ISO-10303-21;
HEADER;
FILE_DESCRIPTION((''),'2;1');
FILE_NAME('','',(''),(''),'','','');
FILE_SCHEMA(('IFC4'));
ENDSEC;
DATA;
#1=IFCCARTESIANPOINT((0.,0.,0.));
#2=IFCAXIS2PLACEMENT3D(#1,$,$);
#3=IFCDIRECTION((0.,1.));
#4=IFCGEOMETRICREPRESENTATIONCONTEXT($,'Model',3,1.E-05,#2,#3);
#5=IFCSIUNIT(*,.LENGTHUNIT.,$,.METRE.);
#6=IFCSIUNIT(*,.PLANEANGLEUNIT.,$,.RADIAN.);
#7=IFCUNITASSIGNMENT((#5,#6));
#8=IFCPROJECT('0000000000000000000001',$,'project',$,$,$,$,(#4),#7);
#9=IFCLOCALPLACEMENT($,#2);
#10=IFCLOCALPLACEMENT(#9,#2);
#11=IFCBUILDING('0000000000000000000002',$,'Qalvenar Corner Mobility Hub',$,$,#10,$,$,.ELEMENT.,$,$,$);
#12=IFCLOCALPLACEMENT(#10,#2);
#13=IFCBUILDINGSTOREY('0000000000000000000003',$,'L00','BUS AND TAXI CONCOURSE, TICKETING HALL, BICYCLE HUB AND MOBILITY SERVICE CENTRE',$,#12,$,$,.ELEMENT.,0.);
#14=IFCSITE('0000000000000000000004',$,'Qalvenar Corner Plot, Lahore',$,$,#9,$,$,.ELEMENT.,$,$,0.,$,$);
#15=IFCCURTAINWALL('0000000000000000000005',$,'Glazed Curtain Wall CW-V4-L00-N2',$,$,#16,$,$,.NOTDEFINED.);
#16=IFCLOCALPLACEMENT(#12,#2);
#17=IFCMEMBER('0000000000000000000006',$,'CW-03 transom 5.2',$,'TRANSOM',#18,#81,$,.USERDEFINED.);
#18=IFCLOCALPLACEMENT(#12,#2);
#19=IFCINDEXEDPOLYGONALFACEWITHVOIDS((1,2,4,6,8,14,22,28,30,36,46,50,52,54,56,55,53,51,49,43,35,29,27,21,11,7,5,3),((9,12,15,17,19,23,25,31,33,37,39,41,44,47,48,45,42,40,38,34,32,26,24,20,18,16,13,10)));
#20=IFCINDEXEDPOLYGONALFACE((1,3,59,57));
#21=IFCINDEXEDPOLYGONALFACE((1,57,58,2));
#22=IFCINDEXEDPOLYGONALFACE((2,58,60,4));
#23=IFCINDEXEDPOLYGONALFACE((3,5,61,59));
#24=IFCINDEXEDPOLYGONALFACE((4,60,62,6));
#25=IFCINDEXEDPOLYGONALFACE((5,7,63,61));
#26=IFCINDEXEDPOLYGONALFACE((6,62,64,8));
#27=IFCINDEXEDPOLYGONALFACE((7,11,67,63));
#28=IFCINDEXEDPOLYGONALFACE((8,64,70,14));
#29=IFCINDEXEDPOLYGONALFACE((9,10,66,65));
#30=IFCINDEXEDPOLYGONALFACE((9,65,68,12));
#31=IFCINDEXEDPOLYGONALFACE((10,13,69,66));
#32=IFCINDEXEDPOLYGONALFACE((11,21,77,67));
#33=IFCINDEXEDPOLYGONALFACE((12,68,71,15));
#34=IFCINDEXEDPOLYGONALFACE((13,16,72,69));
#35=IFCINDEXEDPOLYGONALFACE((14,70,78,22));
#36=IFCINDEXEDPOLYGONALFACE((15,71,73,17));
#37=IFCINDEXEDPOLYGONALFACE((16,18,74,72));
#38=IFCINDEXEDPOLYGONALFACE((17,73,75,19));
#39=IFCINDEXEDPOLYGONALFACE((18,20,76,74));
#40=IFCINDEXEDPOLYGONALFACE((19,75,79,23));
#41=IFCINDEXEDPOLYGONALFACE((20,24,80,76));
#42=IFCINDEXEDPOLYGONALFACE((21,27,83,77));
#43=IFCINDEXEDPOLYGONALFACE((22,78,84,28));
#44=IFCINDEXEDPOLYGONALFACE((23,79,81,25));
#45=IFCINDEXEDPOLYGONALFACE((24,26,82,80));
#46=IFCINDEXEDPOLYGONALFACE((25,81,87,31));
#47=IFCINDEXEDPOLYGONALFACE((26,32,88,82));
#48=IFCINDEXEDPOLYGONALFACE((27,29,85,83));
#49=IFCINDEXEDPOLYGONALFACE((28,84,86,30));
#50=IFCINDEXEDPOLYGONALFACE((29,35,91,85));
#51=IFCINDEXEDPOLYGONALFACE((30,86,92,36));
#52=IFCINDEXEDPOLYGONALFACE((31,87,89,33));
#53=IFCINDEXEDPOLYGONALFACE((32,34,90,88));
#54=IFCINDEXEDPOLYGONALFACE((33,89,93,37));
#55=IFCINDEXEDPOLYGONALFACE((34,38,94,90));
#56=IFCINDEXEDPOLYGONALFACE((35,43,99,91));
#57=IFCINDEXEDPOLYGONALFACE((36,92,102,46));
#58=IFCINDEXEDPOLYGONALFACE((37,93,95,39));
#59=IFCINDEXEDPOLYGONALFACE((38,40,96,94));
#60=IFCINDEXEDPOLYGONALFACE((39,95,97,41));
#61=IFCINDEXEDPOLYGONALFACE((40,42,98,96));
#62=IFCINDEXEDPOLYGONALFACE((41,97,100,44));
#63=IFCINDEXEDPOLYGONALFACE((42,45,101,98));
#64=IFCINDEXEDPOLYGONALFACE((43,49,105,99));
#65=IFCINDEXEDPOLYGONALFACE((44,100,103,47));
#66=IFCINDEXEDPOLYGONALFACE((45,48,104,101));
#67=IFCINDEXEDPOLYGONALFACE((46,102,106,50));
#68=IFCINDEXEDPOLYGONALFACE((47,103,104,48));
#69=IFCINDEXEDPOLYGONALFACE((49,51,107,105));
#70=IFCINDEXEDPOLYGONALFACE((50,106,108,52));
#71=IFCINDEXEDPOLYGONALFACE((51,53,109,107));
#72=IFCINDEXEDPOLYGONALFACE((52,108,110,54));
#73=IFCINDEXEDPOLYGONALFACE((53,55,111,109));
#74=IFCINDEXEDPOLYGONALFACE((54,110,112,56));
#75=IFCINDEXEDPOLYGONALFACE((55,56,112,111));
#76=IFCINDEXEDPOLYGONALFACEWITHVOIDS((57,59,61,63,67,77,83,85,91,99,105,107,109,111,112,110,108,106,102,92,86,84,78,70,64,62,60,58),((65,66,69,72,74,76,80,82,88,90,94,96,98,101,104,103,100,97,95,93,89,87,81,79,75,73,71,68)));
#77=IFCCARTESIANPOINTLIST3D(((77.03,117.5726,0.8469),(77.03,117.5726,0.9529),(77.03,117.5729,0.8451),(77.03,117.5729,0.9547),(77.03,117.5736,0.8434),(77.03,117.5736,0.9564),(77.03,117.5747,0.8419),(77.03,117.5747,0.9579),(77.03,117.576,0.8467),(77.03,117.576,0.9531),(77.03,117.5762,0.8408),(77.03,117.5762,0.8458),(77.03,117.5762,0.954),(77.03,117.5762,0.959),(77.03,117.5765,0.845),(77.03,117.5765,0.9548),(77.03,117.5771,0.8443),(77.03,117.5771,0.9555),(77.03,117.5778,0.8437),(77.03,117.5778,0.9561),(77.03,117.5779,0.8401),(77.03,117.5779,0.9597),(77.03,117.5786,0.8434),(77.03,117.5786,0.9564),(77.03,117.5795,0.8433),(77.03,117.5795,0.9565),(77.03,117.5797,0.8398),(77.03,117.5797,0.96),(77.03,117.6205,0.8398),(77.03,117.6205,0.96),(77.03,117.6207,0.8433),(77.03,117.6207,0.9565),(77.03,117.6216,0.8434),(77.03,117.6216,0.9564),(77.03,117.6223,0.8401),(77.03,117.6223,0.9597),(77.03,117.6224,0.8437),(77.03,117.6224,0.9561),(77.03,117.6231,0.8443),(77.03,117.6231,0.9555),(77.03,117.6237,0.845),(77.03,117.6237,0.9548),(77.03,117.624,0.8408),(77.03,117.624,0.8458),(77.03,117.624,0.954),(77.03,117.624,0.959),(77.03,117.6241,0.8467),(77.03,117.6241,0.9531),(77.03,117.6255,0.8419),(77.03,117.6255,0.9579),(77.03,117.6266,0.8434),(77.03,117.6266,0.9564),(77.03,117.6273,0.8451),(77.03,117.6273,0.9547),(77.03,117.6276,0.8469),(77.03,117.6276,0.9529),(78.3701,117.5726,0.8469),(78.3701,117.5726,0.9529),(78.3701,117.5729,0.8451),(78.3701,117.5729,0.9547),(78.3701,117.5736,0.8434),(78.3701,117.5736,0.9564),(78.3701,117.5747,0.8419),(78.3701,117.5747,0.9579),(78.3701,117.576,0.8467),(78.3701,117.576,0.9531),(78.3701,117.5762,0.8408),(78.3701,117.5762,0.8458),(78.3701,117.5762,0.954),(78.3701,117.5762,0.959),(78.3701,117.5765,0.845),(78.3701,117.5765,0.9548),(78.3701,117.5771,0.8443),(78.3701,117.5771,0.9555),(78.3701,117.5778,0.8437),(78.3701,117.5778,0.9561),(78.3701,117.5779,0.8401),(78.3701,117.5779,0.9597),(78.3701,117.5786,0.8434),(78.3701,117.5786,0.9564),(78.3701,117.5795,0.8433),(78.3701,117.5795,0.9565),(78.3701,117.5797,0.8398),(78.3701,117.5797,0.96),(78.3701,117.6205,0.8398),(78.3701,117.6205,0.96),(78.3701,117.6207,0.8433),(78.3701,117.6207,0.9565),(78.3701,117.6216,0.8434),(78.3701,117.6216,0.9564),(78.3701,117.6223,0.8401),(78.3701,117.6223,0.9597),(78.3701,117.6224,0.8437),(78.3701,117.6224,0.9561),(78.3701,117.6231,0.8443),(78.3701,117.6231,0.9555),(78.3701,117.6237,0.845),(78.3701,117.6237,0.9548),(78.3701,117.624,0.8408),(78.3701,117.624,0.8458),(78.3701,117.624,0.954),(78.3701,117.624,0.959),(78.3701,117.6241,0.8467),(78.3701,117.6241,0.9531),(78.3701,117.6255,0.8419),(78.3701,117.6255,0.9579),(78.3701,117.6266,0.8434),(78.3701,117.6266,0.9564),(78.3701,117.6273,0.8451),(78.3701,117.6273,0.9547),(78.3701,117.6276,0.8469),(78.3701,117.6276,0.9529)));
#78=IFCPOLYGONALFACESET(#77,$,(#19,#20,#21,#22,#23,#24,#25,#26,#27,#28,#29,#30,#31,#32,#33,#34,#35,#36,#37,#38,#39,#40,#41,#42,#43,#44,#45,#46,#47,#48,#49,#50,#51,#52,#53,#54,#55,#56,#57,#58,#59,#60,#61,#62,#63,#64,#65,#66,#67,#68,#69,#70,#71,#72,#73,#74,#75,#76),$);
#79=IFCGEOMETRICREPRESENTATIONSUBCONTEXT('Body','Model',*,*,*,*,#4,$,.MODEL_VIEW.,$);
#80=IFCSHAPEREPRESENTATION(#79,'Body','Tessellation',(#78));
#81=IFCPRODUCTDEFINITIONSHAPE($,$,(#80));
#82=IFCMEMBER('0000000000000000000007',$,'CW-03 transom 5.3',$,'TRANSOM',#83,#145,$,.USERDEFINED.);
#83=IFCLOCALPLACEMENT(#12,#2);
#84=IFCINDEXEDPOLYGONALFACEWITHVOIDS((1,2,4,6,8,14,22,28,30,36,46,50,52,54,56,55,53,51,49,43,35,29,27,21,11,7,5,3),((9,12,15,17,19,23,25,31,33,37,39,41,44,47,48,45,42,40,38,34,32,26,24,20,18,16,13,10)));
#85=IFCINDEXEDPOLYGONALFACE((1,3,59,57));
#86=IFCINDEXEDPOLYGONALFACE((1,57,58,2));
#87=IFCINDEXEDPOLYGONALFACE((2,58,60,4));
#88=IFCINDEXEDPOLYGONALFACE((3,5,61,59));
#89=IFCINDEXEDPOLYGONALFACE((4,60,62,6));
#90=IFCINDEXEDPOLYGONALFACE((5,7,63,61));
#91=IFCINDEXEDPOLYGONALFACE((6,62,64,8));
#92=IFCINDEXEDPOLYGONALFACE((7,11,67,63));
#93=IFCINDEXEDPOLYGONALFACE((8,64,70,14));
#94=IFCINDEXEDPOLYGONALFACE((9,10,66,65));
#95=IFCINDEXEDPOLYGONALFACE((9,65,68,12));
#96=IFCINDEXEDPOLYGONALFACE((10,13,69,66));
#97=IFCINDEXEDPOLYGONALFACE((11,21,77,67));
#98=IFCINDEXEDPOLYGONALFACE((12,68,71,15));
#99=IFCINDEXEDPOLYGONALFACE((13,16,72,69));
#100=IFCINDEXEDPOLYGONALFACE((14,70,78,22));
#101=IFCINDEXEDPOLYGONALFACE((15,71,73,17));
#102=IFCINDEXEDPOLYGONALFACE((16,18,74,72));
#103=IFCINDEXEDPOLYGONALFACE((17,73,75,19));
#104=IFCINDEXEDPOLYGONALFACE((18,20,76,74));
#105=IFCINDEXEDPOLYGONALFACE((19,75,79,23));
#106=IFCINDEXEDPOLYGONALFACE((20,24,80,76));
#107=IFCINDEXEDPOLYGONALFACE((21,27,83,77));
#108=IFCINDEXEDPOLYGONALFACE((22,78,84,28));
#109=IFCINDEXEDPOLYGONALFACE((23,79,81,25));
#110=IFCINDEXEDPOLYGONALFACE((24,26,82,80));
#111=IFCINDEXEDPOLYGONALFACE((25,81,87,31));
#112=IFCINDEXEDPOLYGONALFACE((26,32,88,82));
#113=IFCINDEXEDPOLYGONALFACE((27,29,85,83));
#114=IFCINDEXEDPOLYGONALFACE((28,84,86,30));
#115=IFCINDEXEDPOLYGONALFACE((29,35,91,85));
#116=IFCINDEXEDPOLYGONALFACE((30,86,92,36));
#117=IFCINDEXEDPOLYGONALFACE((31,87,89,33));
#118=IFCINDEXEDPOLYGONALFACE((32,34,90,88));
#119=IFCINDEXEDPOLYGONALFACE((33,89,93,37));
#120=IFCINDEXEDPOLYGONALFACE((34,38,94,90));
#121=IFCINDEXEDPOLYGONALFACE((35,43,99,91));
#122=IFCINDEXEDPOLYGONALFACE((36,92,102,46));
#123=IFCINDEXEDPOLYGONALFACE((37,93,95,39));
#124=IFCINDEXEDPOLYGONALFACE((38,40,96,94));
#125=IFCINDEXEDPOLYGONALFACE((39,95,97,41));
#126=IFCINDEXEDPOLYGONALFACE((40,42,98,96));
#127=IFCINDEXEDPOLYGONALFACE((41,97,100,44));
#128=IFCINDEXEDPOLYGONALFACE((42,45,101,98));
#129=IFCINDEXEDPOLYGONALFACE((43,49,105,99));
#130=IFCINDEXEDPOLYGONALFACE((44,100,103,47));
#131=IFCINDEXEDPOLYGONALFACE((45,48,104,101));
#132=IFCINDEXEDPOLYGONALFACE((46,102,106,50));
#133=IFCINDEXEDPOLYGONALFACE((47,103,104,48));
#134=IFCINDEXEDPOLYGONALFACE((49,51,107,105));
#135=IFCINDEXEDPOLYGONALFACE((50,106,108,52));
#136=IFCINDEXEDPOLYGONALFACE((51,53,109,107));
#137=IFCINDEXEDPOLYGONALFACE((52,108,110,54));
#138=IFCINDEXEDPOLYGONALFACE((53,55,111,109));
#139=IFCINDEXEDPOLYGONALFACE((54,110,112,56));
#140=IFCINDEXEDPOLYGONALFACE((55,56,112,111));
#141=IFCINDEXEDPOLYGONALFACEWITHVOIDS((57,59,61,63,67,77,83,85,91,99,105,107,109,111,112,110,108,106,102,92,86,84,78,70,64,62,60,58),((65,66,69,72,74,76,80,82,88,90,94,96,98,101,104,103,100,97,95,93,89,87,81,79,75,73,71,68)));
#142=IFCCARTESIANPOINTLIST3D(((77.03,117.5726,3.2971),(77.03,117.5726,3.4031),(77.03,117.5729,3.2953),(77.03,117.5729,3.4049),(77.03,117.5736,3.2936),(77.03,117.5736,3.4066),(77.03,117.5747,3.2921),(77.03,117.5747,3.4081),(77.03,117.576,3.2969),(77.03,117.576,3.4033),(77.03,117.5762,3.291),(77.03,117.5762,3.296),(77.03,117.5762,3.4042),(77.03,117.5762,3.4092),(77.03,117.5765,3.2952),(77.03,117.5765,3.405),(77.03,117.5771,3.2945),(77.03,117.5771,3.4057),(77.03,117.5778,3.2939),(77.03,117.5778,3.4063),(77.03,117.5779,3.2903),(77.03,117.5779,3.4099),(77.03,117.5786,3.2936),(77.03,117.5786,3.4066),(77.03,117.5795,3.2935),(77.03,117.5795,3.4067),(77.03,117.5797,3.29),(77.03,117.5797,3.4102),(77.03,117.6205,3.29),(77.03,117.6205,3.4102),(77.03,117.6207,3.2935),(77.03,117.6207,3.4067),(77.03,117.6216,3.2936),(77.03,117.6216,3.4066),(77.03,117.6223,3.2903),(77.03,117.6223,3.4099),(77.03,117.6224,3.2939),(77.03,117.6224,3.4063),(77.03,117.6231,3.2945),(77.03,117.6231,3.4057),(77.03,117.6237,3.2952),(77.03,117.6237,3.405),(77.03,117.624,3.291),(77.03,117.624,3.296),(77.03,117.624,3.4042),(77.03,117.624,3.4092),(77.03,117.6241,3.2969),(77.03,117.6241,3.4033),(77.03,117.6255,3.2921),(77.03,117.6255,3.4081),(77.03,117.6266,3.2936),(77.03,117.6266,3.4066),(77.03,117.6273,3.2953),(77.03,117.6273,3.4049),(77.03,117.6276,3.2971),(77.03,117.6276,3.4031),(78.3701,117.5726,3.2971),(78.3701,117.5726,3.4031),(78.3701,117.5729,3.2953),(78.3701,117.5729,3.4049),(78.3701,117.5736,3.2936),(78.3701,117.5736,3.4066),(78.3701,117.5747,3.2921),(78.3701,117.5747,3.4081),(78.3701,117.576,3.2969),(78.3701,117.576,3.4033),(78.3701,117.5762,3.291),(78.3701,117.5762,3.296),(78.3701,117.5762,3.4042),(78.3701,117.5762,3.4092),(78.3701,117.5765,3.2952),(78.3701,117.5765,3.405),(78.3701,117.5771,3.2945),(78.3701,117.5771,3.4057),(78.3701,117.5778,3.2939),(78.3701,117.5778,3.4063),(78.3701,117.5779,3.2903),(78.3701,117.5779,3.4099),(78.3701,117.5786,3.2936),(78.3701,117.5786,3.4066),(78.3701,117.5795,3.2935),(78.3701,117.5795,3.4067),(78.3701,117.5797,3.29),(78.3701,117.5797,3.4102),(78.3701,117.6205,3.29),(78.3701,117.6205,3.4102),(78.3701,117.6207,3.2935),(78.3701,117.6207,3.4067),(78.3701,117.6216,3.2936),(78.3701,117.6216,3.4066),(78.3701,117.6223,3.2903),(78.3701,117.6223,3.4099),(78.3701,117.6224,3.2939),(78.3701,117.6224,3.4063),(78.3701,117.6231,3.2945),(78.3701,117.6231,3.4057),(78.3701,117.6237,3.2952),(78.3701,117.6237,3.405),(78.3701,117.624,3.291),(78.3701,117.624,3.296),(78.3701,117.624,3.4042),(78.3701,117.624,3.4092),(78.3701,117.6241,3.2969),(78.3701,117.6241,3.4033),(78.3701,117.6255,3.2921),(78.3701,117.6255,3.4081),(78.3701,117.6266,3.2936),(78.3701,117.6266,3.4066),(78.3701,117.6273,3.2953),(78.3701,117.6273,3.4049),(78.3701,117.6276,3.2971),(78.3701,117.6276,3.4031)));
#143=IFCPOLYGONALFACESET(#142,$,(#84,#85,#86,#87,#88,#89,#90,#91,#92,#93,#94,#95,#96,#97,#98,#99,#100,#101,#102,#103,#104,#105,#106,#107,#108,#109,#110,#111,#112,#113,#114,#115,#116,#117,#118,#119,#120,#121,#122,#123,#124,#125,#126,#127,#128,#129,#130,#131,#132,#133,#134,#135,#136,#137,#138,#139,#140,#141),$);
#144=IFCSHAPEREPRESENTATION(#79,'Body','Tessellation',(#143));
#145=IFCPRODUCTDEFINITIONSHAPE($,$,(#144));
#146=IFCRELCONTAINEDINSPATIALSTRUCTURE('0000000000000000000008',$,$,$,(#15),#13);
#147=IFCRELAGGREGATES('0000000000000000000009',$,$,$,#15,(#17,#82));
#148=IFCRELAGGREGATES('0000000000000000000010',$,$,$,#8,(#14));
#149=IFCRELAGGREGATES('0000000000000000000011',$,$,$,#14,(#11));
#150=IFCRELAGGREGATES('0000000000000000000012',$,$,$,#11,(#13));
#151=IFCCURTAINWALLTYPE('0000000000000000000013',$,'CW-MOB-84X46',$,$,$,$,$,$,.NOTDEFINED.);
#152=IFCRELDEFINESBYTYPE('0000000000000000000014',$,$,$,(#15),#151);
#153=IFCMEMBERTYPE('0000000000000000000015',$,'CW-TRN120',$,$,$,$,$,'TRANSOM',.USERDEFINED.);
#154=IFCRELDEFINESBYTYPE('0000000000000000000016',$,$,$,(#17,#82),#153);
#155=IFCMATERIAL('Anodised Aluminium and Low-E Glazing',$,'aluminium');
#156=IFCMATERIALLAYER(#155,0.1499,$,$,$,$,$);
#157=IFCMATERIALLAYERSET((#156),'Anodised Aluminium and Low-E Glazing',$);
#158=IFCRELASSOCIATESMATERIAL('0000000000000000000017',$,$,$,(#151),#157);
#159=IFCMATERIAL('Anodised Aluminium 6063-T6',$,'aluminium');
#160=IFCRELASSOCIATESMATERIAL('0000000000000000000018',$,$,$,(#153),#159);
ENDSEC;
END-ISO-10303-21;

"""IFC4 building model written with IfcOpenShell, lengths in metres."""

from ifc_helpers import new_model, si_unit, direction, frame, origin, origin_2d, place, context, subcontext, project, spatial, hollow_rectangle, extrude, material, layer, layer_set, material_profile, profile_set, type_object, element, aggregate, save


model = new_model("IFC4")

# Units and contexts
model_context = context("Model", 3, precision=1e-05, world=origin(), true_north=direction((0.0, 1.0)))
body_context = subcontext(model_context, "Body", "Model", "MODEL_VIEW")
ifc_project = project(units=[si_unit("LENGTHUNIT", "METRE"), si_unit("PLANEANGLEUNIT", "RADIAN")], contexts=[model_context])

# Site, building, storey
site_placement = place(None, origin())
site = spatial("IfcSite", under=ifc_project, at=site_placement, Name="Qalvenar Corner Plot, Lahore", CompositionType="ELEMENT", RefElevation=0.0)
building_placement = place(site_placement, origin())
building = spatial("IfcBuilding", under=site, at=building_placement, Name="Qalvenar Corner Mobility Hub", CompositionType="ELEMENT")
storey_placement = place(building_placement, origin())
storey = spatial("IfcBuildingStorey", under=building, at=storey_placement, Name="L00", Description="BUS AND TAXI CONCOURSE, TICKETING HALL, BICYCLE HUB AND MOBILITY SERVICE CENTRE", CompositionType="ELEMENT", Elevation=0.0)

# Curtain wall, members
ifc_material_1 = material(Name="Anodised Aluminium and Low-E Glazing", Category="aluminium")
ifc_layer_1 = layer(ifc_material_1, 0.1499)
ifc_layer_set_1 = layer_set([ifc_layer_1], Name="Anodised Aluminium and Low-E Glazing")
curtain_wall_type = type_object("IfcCurtainWallType", Name="CW-MOB-84X46", PredefinedType="NOTDEFINED", material=ifc_layer_set_1)
curtain_wall_placement = place(storey_placement, origin())
curtain_wall = element("IfcCurtainWall", 1, at=curtain_wall_placement, inside=storey, type_object=curtain_wall_type, Name="Glazed Curtain Wall CW-V4-L00-N2", PredefinedType="NOTDEFINED")
ifc_material_2 = material(Name="Anodised Aluminium 6063-T6", Category="aluminium")
ifc_material_profile_1 = material_profile(ifc_material_2, hollow_rectangle(XDim=0.0549, YDim=0.1201, WallThickness=0.0034, InnerFilletRadius=0.0034, OuterFilletRadius=0.0071, at=origin_2d()), Name="RHS120x55x3.5")
ifc_profile_set_1 = profile_set([ifc_material_profile_1], Name="Anodised Aluminium 6063-T6")
member_type_1 = type_object("IfcMemberType", Name="CW-TRN120", ElementType="TRANSOM", PredefinedType="USERDEFINED", material=ifc_profile_set_1)
member_1_placement = place(storey_placement, frame((78.3701, 117.6001, 0.8999), z_axis=(-1.0, 0.0, 0.0), x_axis=(0.0, -1.0, 0.0)))
member_1 = element("IfcMember", 2, at=member_1_placement, type_object=member_type_1, Name="CW-03 transom 5.2", ObjectType="TRANSOM", PredefinedType="USERDEFINED", context=body_context, shape_type="SweptSolid", body=[
    extrude(hollow_rectangle(XDim=0.0549, YDim=0.1201, WallThickness=0.0034, InnerFilletRadius=0.0034, OuterFilletRadius=0.0071, at=origin_2d()), origin(), (0.0, 0.0, 1.0), 1.3401),
])
member_2_placement = place(storey_placement, frame((78.3701, 117.6001, 3.3501), z_axis=(-1.0, 0.0, 0.0), x_axis=(0.0, -1.0, 0.0)))
member_2 = element("IfcMember", 3, at=member_2_placement, type_object=member_type_1, Name="CW-03 transom 5.3", ObjectType="TRANSOM", PredefinedType="USERDEFINED", context=body_context, shape_type="SweptSolid", body=[
    extrude(hollow_rectangle(XDim=0.0549, YDim=0.1201, WallThickness=0.0034, InnerFilletRadius=0.0034, OuterFilletRadius=0.0071, at=origin_2d()), origin(), (0.0, 0.0, 1.0), 1.3401),
])
aggregate(curtain_wall, [member_1, member_2])

save(model, "model.ifc")
